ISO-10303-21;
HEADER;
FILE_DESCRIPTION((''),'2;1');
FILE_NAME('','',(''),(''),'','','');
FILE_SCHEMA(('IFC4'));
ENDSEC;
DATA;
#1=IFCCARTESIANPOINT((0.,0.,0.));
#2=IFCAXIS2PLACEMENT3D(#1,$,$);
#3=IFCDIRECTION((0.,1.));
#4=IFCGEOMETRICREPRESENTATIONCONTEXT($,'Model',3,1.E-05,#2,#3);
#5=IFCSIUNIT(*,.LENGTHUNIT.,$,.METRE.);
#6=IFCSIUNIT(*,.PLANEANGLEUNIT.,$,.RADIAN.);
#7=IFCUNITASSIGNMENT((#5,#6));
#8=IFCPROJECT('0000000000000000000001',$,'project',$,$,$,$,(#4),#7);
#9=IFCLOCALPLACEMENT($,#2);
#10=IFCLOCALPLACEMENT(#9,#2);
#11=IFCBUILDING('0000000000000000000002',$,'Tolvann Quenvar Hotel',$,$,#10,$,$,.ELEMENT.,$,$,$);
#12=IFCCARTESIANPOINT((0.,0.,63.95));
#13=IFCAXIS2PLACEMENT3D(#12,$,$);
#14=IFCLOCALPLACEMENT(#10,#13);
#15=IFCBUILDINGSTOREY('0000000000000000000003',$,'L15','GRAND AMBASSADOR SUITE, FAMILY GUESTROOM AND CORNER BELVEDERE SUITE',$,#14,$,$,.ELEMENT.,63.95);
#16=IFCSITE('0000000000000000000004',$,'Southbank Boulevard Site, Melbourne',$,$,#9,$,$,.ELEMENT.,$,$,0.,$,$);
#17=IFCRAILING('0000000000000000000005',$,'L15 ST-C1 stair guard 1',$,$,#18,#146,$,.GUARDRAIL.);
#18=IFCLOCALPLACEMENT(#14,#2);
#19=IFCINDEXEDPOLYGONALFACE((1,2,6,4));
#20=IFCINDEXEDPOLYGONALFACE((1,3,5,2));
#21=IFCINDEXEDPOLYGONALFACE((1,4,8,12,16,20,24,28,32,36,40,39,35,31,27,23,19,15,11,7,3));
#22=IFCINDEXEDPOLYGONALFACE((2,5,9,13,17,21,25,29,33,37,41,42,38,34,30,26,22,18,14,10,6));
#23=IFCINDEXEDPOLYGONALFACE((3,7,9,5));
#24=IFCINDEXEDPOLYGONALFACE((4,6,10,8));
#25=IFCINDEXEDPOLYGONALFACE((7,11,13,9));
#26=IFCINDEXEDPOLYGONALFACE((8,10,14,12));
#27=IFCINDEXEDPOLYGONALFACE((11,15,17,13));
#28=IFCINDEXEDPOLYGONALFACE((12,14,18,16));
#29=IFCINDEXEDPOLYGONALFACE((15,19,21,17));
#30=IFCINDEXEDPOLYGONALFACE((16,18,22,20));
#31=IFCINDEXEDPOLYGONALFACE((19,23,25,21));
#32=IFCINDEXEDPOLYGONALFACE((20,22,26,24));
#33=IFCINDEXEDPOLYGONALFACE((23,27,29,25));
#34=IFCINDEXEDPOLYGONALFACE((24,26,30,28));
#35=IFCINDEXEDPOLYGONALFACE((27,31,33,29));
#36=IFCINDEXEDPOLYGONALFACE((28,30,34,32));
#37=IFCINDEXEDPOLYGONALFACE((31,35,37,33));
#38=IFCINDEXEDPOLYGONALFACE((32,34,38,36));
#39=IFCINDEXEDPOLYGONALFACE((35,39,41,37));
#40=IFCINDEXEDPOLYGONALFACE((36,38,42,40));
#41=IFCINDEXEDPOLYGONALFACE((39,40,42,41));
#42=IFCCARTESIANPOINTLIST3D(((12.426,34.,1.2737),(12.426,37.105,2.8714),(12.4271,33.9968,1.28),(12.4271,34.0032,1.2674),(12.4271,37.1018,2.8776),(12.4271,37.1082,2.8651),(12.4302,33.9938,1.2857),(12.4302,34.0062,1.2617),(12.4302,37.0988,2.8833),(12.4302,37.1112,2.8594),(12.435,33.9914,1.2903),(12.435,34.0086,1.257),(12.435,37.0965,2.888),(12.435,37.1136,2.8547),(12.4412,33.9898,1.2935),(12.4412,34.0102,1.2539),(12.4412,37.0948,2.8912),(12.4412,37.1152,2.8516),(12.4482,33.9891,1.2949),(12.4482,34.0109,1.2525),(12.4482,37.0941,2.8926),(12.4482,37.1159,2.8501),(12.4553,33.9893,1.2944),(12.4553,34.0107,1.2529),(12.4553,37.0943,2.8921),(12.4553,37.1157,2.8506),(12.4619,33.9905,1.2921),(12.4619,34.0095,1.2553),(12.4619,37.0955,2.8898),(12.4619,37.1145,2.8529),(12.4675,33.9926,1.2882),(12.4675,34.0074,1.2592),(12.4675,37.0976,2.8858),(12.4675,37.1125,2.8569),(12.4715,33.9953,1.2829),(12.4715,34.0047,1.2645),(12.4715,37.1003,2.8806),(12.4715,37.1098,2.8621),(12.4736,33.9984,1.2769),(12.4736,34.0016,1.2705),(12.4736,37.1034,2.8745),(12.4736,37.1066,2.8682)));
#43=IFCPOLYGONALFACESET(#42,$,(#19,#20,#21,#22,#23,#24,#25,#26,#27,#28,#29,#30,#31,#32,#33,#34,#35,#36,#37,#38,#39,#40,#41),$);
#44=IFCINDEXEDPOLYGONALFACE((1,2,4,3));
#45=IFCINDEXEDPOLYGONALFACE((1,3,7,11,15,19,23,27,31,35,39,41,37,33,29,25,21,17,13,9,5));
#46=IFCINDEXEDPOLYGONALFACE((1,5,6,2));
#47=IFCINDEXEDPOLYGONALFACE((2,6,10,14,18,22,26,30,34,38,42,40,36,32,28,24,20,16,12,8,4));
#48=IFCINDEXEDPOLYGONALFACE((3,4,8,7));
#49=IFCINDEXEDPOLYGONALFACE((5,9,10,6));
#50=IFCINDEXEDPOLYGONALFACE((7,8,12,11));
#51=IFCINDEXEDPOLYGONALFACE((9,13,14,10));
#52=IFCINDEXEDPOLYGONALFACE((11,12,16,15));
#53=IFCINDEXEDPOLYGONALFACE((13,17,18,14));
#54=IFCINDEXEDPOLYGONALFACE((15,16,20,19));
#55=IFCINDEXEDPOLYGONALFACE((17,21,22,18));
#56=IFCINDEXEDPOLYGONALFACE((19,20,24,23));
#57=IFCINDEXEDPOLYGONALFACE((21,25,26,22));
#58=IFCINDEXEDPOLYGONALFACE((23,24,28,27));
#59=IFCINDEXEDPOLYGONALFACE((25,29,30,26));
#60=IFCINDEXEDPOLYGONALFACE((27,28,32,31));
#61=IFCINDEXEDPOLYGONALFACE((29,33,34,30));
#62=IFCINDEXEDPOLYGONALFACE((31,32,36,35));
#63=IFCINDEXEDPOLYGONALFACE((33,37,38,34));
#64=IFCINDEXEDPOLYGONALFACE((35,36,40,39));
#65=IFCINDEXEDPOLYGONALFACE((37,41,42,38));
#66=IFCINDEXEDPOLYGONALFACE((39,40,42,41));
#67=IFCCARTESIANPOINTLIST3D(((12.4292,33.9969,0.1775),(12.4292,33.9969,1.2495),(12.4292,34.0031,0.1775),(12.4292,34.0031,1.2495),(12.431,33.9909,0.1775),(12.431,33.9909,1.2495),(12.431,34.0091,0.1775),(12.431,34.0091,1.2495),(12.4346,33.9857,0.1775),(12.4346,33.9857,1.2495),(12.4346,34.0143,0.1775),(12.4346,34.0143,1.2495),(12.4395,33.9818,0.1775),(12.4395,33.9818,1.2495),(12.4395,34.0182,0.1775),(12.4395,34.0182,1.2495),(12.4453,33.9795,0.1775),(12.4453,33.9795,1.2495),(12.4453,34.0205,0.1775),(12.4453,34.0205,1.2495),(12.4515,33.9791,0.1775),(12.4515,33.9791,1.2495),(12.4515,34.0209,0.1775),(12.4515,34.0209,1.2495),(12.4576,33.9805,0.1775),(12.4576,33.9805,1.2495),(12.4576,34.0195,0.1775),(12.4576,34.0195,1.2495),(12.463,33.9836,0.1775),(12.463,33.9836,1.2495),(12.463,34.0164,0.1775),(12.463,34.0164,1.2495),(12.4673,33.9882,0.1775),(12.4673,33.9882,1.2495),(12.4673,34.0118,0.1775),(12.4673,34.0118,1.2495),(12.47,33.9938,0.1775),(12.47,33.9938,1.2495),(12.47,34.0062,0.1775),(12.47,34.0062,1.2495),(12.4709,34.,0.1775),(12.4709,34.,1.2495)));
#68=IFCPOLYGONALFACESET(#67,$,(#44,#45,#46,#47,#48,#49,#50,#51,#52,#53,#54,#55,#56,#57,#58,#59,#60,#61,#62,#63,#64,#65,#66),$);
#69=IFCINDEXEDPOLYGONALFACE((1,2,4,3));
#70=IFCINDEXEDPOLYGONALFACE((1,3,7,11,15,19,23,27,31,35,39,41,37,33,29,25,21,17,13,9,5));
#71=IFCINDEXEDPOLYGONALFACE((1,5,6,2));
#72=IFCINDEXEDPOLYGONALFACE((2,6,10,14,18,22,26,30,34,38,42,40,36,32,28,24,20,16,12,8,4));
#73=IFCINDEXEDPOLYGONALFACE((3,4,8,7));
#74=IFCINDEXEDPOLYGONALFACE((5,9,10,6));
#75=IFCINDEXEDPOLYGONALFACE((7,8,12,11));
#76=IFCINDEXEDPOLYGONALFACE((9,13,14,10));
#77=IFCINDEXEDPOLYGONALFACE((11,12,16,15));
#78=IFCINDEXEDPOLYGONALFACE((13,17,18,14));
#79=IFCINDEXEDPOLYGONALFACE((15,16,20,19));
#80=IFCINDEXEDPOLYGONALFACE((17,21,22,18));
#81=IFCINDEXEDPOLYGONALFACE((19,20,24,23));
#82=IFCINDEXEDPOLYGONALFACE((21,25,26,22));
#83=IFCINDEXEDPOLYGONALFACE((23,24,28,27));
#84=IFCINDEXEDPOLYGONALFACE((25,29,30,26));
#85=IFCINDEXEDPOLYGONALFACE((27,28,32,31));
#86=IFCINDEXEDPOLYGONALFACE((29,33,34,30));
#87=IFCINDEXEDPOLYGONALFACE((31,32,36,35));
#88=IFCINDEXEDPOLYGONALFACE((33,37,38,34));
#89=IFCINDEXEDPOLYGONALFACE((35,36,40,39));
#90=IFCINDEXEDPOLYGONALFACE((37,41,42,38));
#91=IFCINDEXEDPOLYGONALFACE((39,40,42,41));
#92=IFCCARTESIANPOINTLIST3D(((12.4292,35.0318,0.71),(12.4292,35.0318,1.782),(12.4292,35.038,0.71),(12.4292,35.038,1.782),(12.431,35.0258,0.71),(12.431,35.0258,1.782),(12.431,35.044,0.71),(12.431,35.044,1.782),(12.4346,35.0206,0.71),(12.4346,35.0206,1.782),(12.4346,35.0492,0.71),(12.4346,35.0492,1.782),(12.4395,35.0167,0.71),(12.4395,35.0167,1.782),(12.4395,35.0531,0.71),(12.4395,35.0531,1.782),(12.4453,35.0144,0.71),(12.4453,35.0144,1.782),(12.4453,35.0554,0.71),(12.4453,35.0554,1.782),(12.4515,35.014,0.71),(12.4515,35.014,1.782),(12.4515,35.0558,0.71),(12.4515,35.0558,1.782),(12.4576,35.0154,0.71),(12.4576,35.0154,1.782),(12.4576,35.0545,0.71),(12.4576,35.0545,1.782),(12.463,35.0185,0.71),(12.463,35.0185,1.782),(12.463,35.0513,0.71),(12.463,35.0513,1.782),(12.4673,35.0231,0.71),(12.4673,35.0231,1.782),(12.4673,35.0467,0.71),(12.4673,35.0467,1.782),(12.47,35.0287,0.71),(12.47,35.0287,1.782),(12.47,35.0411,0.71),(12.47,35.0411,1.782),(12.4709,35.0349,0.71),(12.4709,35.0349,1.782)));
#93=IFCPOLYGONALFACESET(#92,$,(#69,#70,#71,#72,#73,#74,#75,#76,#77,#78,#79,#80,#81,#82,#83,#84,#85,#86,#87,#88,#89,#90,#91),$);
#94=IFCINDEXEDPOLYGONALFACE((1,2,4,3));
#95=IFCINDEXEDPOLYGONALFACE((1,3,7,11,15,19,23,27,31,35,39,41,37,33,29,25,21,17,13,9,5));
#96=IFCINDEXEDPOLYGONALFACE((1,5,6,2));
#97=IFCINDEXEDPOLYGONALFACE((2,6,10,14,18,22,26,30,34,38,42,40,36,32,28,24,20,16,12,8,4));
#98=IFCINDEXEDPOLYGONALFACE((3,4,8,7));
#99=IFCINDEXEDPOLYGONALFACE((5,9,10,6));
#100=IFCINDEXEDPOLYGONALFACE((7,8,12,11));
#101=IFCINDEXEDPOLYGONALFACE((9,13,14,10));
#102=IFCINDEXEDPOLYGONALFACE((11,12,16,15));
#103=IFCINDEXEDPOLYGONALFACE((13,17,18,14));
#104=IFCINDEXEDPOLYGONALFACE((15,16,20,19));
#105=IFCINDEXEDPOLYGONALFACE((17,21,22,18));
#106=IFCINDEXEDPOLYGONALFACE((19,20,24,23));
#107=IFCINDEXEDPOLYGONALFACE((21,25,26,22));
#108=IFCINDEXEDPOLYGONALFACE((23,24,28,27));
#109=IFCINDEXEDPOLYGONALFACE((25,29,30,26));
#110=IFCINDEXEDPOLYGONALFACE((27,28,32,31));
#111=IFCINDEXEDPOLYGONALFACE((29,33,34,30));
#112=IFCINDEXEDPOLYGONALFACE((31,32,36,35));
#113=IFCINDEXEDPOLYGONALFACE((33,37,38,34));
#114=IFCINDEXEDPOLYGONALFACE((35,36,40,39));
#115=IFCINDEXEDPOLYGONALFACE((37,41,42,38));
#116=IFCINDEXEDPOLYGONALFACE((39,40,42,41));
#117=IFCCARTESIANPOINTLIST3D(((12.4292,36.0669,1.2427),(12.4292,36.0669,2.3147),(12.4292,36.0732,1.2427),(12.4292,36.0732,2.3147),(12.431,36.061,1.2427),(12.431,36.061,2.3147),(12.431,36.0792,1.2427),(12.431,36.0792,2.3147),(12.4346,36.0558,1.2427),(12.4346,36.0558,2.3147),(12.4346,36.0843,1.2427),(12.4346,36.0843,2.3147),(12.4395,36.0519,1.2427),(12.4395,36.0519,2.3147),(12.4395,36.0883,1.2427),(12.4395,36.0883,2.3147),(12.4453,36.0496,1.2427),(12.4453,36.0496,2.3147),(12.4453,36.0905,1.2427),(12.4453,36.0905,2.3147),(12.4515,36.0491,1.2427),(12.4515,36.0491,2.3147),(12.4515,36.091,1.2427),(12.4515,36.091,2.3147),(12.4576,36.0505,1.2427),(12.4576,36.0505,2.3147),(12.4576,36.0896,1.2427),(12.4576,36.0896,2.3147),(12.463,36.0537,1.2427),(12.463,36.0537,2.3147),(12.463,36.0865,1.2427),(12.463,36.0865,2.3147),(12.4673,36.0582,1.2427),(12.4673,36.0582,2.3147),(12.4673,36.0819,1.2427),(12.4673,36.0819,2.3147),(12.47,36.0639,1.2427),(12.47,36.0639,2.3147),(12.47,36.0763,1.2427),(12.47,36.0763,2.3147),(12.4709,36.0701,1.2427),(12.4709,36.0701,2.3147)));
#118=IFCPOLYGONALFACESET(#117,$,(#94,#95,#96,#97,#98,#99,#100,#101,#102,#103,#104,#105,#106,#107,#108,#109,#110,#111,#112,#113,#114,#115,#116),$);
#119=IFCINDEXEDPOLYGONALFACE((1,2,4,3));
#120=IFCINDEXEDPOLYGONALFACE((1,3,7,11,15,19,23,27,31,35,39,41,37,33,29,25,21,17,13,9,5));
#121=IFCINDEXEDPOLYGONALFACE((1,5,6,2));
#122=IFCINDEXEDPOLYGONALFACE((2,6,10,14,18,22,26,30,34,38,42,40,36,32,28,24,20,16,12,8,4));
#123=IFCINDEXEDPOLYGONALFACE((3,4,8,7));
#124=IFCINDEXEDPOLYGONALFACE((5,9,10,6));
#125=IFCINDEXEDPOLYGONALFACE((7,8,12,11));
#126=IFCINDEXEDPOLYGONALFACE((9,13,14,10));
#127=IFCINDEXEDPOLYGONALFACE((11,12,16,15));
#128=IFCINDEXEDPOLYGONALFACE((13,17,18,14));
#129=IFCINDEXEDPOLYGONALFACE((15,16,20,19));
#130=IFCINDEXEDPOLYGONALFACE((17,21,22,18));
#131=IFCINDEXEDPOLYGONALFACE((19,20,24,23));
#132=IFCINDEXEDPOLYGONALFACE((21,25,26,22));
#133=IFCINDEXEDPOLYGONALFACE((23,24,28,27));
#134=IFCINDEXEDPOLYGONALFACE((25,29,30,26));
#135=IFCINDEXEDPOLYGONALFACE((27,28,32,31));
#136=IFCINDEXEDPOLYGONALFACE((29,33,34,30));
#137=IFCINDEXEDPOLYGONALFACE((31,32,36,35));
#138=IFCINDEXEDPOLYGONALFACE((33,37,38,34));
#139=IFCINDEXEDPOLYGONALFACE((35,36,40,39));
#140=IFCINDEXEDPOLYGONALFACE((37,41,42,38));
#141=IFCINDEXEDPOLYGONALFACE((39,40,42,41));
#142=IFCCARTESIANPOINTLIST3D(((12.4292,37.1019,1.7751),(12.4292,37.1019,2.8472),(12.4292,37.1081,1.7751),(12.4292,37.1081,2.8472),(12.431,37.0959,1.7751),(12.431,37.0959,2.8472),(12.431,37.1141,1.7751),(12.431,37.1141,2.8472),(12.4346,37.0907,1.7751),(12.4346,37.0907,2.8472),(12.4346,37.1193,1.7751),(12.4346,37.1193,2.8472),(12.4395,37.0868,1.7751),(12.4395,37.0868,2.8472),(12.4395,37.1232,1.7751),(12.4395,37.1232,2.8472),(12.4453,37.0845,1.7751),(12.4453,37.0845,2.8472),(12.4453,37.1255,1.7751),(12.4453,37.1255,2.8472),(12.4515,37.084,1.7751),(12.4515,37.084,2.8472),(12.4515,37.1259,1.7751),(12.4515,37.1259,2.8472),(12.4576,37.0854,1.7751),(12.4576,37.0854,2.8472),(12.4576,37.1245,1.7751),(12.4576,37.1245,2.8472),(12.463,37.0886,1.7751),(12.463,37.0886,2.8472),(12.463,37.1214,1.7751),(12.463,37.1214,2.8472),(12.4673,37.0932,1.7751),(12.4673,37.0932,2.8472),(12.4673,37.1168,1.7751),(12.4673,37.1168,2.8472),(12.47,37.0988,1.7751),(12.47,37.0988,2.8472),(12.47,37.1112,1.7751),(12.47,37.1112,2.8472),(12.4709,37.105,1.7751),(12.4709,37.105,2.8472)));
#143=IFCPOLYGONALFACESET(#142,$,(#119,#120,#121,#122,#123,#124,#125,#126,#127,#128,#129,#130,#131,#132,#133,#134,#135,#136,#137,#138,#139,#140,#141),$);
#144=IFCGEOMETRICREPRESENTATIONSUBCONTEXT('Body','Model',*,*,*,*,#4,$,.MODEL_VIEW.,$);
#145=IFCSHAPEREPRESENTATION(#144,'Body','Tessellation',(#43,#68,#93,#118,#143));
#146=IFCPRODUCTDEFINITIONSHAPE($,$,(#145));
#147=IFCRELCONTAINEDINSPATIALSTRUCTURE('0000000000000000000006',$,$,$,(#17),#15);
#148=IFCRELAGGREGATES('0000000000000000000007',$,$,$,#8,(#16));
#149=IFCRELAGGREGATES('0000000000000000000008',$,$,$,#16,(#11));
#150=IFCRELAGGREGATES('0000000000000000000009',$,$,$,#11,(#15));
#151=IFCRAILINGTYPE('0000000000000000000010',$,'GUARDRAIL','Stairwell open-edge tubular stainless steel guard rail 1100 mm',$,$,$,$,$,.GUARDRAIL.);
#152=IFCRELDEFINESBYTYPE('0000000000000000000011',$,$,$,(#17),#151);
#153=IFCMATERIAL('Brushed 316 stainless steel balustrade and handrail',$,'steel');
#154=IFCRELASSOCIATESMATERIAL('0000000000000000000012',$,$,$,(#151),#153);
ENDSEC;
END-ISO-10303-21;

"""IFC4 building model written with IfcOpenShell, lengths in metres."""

from ifc_helpers import new_model, si_unit, direction, frame, origin, origin_2d, place, context, subcontext, project, spatial, circle, extrude, material, type_object, element, save


model = new_model("IFC4")

# Units and contexts
model_context = context("Model", 3, precision=1e-05, world=origin(), true_north=direction((0.0, 1.0)))
body_context = subcontext(model_context, "Body", "Model", "MODEL_VIEW")
ifc_project = project(units=[si_unit("LENGTHUNIT", "METRE"), si_unit("PLANEANGLEUNIT", "RADIAN")], contexts=[model_context])

# Site, building, storey
site_placement = place(None, origin())
site = spatial("IfcSite", under=ifc_project, at=site_placement, Name="Southbank Boulevard Site, Melbourne", CompositionType="ELEMENT", RefElevation=0.0)
building_placement = place(site_placement, origin())
building = spatial("IfcBuilding", under=site, at=building_placement, Name="Tolvann Quenvar Hotel", CompositionType="ELEMENT")
storey_placement = place(building_placement, frame((0.0, 0.0, 63.95)))
storey = spatial("IfcBuildingStorey", under=building, at=storey_placement, Name="L15", Description="GRAND AMBASSADOR SUITE, FAMILY GUESTROOM AND CORNER BELVEDERE SUITE", CompositionType="ELEMENT", Elevation=63.95)

# Railing
ifc_material_1 = material(Name="Brushed 316 stainless steel balustrade and handrail", Category="steel")
railing_type_1 = type_object("IfcRailingType", Name="GUARDRAIL", Description="Stairwell open-edge tubular stainless steel guard rail 1100 mm", PredefinedType="GUARDRAIL", material=ifc_material_1)
railing_1_placement = place(storey_placement, frame((12.45, 34.0, 0.1775)))
element("IfcRailing", 1, at=railing_1_placement, inside=storey, type_object=railing_type_1, Name="L15 ST-C1 stair guard 1", PredefinedType="GUARDRAIL", context=body_context, shape_type="SweptSolid", body=[
    extrude(circle(Radius=0.0239, at=origin_2d()), frame((0.0, 0.0, 1.0962), z_axis=(0.0, 0.889194, 0.457531), x_axis=(-1.0, 0.0, 0.0)), (0.0, 0.0, 1.0), 3.4919),
    extrude(circle(Radius=0.021, at=origin_2d()), origin(), (0.0, 0.0, 1.0), 1.072),
    extrude(circle(Radius=0.021, at=origin_2d()), frame((0.0, 1.0349, 0.5325)), (0.0, 0.0, 1.0), 1.072),
    extrude(circle(Radius=0.021, at=origin_2d()), frame((0.0, 2.0701, 1.0652)), (0.0, 0.0, 1.0), 1.072),
    extrude(circle(Radius=0.021, at=origin_2d()), frame((0.0, 3.105, 1.5977)), (0.0, 0.0, 1.0), 1.072),
])

save(model, "model.ifc")
